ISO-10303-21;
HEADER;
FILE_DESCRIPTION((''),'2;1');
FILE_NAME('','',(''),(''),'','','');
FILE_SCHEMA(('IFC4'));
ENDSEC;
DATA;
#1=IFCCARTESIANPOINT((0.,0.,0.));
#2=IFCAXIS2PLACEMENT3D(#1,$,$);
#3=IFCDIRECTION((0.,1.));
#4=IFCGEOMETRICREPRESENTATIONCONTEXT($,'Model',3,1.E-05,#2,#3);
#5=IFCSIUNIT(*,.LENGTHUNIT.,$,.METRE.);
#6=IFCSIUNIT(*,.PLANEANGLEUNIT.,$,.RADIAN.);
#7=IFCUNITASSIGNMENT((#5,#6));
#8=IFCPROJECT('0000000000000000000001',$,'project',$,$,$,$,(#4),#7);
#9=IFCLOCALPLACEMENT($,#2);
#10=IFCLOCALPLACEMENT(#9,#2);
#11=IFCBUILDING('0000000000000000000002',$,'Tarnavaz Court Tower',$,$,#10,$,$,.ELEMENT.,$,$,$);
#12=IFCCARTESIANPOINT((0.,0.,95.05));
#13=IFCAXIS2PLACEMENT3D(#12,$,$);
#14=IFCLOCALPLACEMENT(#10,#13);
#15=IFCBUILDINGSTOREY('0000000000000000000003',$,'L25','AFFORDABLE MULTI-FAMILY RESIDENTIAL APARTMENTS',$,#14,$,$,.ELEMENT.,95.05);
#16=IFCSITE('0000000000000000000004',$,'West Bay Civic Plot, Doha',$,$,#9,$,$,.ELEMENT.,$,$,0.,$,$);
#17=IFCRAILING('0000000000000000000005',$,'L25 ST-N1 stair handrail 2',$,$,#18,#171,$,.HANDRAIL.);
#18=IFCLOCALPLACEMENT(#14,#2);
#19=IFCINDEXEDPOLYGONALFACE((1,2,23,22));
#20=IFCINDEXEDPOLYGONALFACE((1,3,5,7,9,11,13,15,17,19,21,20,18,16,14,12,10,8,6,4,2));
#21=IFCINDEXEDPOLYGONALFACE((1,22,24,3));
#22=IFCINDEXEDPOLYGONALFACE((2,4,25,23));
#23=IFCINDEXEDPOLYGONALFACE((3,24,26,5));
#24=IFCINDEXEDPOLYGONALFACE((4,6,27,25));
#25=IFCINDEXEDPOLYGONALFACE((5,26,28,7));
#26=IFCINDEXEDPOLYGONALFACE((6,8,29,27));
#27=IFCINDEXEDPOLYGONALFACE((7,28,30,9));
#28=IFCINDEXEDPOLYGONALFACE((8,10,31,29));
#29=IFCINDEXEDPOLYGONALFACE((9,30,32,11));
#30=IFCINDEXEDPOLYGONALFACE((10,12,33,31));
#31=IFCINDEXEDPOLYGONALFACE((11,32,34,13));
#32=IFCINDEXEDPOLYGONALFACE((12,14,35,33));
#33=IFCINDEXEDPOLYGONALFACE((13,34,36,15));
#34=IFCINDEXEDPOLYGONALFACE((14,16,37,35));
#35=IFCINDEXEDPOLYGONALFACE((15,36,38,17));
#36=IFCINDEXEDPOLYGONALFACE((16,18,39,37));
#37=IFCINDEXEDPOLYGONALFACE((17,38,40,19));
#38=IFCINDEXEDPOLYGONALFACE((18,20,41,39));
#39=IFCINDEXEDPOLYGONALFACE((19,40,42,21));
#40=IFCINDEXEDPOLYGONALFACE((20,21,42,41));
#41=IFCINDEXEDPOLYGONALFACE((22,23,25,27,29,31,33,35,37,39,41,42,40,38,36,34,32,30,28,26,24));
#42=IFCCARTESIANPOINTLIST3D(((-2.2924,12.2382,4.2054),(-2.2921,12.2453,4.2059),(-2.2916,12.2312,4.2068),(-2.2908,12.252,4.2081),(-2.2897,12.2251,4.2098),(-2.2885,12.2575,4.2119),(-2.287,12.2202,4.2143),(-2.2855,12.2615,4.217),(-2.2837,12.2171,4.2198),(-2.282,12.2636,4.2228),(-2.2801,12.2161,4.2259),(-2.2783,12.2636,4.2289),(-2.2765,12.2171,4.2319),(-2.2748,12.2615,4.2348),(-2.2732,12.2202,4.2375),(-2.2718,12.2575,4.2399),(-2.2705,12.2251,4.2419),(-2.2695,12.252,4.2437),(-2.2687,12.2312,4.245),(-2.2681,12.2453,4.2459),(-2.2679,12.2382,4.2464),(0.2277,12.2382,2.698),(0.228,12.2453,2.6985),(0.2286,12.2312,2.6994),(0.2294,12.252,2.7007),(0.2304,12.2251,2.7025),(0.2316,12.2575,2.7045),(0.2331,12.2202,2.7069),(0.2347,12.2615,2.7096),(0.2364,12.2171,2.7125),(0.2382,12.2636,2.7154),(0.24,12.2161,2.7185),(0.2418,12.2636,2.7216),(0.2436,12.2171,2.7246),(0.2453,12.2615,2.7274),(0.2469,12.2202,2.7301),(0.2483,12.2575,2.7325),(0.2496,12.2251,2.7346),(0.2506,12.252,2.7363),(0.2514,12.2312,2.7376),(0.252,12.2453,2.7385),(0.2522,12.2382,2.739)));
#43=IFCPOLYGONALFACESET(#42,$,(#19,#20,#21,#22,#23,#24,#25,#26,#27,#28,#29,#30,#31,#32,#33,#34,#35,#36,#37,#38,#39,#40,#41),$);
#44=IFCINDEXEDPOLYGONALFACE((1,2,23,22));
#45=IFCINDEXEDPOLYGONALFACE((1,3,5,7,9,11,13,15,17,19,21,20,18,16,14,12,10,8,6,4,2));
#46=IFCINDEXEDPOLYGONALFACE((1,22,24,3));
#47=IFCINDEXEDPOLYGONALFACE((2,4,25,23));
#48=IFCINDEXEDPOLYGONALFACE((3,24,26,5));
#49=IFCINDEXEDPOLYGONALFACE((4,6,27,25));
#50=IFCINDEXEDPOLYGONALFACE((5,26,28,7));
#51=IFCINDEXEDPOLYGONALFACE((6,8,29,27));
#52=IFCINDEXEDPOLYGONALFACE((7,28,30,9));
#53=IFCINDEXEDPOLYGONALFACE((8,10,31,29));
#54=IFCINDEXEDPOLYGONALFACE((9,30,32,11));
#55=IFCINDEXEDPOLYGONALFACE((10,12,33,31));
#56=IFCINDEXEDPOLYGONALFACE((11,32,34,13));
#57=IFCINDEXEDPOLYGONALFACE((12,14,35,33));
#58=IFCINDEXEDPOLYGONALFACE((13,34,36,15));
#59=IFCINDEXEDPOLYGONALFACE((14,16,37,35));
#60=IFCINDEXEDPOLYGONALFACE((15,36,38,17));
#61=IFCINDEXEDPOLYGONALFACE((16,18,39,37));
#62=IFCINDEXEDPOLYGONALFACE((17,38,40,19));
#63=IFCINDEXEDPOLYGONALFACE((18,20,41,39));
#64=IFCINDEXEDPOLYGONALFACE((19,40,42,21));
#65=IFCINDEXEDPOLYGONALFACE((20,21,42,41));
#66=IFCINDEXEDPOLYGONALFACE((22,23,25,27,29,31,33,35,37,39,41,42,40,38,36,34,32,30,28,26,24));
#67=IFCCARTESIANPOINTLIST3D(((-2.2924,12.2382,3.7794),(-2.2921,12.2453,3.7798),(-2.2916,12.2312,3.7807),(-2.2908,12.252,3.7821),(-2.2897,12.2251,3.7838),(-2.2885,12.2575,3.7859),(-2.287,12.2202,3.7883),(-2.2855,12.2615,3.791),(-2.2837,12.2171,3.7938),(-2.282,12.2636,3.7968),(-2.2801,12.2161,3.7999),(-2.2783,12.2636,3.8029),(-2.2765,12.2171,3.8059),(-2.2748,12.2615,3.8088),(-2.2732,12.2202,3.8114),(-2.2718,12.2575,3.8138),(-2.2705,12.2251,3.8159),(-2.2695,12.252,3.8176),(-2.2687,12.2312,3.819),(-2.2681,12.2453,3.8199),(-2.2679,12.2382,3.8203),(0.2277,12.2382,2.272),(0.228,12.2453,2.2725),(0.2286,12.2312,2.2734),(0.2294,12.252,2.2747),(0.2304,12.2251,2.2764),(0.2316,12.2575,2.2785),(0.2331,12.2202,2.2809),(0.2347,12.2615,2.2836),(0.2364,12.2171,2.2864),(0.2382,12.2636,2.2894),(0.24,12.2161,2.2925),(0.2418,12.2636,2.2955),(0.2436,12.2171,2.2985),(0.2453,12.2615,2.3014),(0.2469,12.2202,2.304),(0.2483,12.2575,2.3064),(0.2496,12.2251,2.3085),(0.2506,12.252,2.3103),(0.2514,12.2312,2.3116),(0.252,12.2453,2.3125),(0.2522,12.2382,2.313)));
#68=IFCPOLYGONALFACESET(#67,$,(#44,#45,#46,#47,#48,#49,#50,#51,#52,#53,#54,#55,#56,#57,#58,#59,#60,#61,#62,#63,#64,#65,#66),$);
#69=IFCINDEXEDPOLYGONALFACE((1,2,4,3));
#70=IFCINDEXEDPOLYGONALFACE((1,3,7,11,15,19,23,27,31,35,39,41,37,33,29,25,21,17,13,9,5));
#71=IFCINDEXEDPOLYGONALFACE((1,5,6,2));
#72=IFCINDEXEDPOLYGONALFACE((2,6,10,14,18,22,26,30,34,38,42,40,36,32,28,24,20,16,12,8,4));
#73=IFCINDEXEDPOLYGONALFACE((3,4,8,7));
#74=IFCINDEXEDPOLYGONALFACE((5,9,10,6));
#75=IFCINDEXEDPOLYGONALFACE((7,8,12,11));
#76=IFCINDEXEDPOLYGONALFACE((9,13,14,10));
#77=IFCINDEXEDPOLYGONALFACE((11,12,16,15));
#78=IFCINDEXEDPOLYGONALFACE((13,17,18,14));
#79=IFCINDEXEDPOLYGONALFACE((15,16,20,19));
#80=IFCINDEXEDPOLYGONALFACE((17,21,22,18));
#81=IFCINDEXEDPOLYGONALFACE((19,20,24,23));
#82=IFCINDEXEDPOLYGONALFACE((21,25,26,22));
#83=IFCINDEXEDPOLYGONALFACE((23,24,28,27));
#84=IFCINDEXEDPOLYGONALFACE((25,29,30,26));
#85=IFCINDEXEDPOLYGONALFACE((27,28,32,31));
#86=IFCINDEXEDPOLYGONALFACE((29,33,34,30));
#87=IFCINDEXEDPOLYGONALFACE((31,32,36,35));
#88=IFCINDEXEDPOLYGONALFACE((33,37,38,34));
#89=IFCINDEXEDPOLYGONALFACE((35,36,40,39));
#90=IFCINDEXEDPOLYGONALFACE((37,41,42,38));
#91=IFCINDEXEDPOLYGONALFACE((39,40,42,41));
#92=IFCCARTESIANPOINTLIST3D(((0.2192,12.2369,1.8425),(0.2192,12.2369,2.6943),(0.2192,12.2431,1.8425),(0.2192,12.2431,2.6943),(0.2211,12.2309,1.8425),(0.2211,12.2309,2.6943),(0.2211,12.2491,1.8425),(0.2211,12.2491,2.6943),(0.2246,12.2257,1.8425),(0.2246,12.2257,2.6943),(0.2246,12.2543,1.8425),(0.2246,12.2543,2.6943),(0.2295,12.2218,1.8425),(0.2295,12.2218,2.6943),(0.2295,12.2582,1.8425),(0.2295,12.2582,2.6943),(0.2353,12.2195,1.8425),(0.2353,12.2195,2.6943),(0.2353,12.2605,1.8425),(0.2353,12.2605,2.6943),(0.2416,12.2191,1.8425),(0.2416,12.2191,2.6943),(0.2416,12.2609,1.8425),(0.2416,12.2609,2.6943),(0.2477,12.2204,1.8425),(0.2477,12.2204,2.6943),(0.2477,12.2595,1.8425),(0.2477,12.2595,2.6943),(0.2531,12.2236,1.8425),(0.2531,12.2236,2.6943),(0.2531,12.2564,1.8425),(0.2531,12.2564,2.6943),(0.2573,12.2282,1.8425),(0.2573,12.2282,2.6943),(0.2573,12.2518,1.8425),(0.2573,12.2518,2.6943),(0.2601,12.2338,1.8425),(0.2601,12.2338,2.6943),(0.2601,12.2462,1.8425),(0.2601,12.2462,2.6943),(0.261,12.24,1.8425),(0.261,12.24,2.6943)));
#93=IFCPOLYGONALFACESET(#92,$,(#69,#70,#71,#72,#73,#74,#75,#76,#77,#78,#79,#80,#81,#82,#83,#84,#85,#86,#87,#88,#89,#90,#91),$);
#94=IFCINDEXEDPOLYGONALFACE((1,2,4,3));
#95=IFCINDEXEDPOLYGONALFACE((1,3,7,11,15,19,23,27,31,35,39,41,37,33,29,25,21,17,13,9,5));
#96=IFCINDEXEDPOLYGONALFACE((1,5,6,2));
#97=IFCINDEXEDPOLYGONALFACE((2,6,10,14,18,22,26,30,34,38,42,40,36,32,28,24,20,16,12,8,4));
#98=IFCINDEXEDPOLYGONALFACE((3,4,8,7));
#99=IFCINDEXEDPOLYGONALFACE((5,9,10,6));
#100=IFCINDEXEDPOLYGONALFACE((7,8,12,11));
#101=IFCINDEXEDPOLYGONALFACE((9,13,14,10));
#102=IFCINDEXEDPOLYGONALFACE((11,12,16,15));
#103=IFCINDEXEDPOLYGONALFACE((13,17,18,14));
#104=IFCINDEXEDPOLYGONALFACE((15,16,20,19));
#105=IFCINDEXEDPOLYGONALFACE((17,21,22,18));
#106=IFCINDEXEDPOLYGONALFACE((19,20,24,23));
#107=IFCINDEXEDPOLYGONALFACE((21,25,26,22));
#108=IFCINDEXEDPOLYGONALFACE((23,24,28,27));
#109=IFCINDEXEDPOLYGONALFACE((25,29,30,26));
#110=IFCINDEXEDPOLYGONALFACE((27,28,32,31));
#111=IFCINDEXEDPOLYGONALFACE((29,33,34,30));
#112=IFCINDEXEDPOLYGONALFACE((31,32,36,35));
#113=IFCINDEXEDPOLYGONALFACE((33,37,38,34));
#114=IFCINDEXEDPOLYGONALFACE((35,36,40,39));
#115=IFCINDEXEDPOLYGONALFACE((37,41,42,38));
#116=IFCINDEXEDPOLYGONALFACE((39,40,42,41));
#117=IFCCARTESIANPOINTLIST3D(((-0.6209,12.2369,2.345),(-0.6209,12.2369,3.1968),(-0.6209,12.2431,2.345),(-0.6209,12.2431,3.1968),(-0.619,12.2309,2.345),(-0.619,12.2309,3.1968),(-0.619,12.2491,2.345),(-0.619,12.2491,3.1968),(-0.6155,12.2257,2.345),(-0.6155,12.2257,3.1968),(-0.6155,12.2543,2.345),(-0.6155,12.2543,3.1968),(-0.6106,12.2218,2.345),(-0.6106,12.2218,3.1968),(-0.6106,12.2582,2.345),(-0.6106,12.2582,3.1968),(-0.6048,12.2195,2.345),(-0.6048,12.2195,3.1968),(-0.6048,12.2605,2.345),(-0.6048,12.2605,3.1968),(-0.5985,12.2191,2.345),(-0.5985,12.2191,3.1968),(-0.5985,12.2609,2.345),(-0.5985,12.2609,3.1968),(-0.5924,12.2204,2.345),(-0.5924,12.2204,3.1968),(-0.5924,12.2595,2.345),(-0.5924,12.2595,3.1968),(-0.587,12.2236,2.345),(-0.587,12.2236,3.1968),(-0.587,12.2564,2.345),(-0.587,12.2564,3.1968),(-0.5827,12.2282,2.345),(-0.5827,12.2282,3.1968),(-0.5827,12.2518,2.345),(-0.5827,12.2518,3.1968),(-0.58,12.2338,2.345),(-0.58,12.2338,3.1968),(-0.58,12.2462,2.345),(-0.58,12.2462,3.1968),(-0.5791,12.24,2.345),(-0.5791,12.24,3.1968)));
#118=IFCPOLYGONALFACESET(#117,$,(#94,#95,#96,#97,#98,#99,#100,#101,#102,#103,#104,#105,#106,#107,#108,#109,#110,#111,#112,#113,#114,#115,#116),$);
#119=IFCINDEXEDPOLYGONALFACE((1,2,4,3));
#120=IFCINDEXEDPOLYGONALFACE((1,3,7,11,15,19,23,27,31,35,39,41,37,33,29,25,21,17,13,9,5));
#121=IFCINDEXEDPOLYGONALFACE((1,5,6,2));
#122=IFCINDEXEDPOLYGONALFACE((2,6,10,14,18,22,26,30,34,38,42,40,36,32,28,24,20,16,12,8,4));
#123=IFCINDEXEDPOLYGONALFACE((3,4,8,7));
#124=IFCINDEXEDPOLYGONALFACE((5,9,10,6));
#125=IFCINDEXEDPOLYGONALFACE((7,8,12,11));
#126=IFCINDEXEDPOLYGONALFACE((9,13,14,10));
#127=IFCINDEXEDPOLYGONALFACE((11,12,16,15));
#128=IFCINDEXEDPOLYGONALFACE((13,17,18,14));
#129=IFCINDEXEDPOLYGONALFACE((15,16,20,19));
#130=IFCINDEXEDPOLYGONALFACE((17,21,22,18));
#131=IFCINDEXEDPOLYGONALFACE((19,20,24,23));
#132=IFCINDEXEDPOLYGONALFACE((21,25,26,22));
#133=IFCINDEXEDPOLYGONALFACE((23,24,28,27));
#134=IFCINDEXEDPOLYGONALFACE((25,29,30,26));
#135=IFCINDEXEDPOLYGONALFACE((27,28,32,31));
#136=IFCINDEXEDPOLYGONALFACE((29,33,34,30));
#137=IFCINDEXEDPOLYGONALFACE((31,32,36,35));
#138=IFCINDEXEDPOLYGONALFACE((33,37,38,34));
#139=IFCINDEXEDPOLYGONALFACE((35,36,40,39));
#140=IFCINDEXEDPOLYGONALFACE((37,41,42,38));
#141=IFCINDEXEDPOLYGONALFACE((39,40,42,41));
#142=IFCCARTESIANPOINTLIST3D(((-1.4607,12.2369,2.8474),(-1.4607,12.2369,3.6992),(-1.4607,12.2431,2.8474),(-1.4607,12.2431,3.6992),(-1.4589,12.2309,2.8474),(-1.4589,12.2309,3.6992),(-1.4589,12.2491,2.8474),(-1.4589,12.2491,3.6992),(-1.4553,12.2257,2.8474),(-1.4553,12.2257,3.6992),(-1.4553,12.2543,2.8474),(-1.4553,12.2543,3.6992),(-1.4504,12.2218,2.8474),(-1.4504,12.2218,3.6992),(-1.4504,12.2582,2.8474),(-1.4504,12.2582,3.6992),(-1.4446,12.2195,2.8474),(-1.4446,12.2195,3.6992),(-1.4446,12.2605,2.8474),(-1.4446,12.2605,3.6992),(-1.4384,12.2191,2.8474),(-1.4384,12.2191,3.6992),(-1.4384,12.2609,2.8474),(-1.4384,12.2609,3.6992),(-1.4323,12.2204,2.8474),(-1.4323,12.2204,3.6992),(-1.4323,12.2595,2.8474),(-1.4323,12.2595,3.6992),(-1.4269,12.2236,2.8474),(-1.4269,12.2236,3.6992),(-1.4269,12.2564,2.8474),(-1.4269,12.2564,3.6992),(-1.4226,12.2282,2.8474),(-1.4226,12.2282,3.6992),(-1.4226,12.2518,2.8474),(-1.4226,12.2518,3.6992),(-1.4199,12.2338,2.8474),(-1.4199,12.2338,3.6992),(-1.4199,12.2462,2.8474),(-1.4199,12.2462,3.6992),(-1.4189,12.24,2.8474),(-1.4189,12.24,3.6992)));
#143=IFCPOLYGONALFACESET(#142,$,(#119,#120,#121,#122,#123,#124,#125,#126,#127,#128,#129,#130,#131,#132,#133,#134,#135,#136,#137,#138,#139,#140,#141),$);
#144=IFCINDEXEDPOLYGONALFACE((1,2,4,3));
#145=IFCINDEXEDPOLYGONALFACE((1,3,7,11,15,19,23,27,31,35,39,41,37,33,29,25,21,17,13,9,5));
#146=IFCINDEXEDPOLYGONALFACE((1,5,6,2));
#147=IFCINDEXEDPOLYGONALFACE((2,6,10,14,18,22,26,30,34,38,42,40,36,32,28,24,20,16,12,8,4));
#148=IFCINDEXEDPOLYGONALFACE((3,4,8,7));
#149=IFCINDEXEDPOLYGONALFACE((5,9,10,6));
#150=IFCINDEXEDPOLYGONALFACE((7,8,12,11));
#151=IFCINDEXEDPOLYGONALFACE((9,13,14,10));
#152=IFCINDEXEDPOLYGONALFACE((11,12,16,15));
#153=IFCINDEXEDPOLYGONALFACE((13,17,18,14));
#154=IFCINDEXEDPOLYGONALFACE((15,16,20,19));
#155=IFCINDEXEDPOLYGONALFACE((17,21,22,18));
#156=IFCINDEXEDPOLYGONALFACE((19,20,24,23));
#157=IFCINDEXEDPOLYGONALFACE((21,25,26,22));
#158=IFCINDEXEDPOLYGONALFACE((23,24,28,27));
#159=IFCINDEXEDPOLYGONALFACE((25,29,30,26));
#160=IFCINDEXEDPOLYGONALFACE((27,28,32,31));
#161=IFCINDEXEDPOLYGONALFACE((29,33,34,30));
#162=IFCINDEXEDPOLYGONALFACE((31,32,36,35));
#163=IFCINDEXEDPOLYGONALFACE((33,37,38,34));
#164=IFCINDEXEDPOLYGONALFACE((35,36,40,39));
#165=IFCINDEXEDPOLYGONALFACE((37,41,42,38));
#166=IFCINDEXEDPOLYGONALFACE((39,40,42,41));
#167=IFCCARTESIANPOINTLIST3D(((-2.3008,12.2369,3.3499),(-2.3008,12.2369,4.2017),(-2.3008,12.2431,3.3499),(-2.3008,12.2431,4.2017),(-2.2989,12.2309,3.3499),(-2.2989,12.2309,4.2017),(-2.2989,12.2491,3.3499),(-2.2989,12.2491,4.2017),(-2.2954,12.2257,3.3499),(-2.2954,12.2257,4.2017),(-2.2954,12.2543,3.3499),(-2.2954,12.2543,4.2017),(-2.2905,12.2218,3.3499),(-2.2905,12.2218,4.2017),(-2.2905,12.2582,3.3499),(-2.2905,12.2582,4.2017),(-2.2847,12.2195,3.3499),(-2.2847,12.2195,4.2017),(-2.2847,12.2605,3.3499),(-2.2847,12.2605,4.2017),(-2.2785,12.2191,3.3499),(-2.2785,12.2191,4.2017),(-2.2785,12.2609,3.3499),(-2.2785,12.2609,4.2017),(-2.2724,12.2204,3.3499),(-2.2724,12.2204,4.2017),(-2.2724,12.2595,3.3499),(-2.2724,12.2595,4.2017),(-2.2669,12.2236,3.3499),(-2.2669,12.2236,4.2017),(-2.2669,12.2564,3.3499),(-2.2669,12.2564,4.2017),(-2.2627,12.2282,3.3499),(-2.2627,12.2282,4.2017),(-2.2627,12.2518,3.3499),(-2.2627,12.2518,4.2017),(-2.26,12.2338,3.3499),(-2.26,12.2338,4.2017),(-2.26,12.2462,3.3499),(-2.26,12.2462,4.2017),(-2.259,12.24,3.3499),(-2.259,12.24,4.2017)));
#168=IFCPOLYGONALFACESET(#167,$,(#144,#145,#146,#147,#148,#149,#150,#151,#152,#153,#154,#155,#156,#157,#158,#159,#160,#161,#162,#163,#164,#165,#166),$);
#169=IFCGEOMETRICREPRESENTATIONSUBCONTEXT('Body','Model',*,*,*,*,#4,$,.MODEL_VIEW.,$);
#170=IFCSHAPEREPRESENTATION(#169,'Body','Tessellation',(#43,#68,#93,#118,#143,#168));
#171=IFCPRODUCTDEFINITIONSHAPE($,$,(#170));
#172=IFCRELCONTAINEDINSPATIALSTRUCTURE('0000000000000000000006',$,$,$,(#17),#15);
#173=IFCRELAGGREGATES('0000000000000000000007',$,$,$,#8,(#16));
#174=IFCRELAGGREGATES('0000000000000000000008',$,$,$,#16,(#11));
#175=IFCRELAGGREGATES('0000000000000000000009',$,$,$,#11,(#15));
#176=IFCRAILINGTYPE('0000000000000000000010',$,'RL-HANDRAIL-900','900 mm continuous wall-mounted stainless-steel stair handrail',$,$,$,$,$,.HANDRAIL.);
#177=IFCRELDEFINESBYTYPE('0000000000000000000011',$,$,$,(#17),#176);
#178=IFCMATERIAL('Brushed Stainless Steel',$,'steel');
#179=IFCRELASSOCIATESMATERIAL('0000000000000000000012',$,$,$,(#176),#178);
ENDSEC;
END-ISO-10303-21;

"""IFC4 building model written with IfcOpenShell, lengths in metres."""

from ifc_helpers import new_model, si_unit, direction, frame, origin, origin_2d, place, context, subcontext, project, spatial, circle, extrude, material, type_object, element, save


model = new_model("IFC4")

# Units and contexts
model_context = context("Model", 3, precision=1e-05, world=origin(), true_north=direction((0.0, 1.0)))
body_context = subcontext(model_context, "Body", "Model", "MODEL_VIEW")
ifc_project = project(units=[si_unit("LENGTHUNIT", "METRE"), si_unit("PLANEANGLEUNIT", "RADIAN")], contexts=[model_context])

# Site, building, storey
site_placement = place(None, origin())
site = spatial("IfcSite", under=ifc_project, at=site_placement, Name="West Bay Civic Plot, Doha", CompositionType="ELEMENT", RefElevation=0.0)
building_placement = place(site_placement, origin())
building = spatial("IfcBuilding", under=site, at=building_placement, Name="Tarnavaz Court Tower", CompositionType="ELEMENT")
storey_placement = place(building_placement, frame((0.0, 0.0, 95.05)))
storey = spatial("IfcBuildingStorey", under=building, at=storey_placement, Name="L25", Description="AFFORDABLE MULTI-FAMILY RESIDENTIAL APARTMENTS", CompositionType="ELEMENT", Elevation=95.05)

# Railing
ifc_material_1 = material(Name="Brushed Stainless Steel", Category="steel")
railing_type_1 = type_object("IfcRailingType", Name="RL-HANDRAIL-900", Description="900 mm continuous wall-mounted stainless-steel stair handrail", PredefinedType="HANDRAIL", material=ifc_material_1)
railing_1_placement = place(storey_placement, frame((0.24, 12.24, 1.8425)))
element("IfcRailing", 1, at=railing_1_placement, inside=storey, type_object=railing_type_1, Name="L25 ST-N1 stair handrail 2", PredefinedType="HANDRAIL", context=body_context, shape_type="SweptSolid", body=[
    extrude(circle(Radius=0.0239, at=origin_2d()), frame((0.0, 0.0, 0.876), z_axis=(-0.858196, 0.0, 0.513321), x_axis=(0.0, -1.0, 0.0)), (0.0, 0.0, 1.0), 2.9365),
    extrude(circle(Radius=0.0239, at=origin_2d()), frame((0.0, 0.0, 0.45), z_axis=(-0.858196, 0.0, 0.513321), x_axis=(0.0, -1.0, 0.0)), (0.0, 0.0, 1.0), 2.9365),
    extrude(circle(Radius=0.021, at=origin_2d()), origin(), (0.0, 0.0, 1.0), 0.8518),
    extrude(circle(Radius=0.021, at=origin_2d()), frame((-0.8401, 0.0, 0.5024)), (0.0, 0.0, 1.0), 0.8518),
    extrude(circle(Radius=0.021, at=origin_2d()), frame((-1.6799, 0.0, 1.0049)), (0.0, 0.0, 1.0), 0.8518),
    extrude(circle(Radius=0.021, at=origin_2d()), frame((-2.52, 0.0, 1.5073)), (0.0, 0.0, 1.0), 0.8518),
])

save(model, "model.ifc")
